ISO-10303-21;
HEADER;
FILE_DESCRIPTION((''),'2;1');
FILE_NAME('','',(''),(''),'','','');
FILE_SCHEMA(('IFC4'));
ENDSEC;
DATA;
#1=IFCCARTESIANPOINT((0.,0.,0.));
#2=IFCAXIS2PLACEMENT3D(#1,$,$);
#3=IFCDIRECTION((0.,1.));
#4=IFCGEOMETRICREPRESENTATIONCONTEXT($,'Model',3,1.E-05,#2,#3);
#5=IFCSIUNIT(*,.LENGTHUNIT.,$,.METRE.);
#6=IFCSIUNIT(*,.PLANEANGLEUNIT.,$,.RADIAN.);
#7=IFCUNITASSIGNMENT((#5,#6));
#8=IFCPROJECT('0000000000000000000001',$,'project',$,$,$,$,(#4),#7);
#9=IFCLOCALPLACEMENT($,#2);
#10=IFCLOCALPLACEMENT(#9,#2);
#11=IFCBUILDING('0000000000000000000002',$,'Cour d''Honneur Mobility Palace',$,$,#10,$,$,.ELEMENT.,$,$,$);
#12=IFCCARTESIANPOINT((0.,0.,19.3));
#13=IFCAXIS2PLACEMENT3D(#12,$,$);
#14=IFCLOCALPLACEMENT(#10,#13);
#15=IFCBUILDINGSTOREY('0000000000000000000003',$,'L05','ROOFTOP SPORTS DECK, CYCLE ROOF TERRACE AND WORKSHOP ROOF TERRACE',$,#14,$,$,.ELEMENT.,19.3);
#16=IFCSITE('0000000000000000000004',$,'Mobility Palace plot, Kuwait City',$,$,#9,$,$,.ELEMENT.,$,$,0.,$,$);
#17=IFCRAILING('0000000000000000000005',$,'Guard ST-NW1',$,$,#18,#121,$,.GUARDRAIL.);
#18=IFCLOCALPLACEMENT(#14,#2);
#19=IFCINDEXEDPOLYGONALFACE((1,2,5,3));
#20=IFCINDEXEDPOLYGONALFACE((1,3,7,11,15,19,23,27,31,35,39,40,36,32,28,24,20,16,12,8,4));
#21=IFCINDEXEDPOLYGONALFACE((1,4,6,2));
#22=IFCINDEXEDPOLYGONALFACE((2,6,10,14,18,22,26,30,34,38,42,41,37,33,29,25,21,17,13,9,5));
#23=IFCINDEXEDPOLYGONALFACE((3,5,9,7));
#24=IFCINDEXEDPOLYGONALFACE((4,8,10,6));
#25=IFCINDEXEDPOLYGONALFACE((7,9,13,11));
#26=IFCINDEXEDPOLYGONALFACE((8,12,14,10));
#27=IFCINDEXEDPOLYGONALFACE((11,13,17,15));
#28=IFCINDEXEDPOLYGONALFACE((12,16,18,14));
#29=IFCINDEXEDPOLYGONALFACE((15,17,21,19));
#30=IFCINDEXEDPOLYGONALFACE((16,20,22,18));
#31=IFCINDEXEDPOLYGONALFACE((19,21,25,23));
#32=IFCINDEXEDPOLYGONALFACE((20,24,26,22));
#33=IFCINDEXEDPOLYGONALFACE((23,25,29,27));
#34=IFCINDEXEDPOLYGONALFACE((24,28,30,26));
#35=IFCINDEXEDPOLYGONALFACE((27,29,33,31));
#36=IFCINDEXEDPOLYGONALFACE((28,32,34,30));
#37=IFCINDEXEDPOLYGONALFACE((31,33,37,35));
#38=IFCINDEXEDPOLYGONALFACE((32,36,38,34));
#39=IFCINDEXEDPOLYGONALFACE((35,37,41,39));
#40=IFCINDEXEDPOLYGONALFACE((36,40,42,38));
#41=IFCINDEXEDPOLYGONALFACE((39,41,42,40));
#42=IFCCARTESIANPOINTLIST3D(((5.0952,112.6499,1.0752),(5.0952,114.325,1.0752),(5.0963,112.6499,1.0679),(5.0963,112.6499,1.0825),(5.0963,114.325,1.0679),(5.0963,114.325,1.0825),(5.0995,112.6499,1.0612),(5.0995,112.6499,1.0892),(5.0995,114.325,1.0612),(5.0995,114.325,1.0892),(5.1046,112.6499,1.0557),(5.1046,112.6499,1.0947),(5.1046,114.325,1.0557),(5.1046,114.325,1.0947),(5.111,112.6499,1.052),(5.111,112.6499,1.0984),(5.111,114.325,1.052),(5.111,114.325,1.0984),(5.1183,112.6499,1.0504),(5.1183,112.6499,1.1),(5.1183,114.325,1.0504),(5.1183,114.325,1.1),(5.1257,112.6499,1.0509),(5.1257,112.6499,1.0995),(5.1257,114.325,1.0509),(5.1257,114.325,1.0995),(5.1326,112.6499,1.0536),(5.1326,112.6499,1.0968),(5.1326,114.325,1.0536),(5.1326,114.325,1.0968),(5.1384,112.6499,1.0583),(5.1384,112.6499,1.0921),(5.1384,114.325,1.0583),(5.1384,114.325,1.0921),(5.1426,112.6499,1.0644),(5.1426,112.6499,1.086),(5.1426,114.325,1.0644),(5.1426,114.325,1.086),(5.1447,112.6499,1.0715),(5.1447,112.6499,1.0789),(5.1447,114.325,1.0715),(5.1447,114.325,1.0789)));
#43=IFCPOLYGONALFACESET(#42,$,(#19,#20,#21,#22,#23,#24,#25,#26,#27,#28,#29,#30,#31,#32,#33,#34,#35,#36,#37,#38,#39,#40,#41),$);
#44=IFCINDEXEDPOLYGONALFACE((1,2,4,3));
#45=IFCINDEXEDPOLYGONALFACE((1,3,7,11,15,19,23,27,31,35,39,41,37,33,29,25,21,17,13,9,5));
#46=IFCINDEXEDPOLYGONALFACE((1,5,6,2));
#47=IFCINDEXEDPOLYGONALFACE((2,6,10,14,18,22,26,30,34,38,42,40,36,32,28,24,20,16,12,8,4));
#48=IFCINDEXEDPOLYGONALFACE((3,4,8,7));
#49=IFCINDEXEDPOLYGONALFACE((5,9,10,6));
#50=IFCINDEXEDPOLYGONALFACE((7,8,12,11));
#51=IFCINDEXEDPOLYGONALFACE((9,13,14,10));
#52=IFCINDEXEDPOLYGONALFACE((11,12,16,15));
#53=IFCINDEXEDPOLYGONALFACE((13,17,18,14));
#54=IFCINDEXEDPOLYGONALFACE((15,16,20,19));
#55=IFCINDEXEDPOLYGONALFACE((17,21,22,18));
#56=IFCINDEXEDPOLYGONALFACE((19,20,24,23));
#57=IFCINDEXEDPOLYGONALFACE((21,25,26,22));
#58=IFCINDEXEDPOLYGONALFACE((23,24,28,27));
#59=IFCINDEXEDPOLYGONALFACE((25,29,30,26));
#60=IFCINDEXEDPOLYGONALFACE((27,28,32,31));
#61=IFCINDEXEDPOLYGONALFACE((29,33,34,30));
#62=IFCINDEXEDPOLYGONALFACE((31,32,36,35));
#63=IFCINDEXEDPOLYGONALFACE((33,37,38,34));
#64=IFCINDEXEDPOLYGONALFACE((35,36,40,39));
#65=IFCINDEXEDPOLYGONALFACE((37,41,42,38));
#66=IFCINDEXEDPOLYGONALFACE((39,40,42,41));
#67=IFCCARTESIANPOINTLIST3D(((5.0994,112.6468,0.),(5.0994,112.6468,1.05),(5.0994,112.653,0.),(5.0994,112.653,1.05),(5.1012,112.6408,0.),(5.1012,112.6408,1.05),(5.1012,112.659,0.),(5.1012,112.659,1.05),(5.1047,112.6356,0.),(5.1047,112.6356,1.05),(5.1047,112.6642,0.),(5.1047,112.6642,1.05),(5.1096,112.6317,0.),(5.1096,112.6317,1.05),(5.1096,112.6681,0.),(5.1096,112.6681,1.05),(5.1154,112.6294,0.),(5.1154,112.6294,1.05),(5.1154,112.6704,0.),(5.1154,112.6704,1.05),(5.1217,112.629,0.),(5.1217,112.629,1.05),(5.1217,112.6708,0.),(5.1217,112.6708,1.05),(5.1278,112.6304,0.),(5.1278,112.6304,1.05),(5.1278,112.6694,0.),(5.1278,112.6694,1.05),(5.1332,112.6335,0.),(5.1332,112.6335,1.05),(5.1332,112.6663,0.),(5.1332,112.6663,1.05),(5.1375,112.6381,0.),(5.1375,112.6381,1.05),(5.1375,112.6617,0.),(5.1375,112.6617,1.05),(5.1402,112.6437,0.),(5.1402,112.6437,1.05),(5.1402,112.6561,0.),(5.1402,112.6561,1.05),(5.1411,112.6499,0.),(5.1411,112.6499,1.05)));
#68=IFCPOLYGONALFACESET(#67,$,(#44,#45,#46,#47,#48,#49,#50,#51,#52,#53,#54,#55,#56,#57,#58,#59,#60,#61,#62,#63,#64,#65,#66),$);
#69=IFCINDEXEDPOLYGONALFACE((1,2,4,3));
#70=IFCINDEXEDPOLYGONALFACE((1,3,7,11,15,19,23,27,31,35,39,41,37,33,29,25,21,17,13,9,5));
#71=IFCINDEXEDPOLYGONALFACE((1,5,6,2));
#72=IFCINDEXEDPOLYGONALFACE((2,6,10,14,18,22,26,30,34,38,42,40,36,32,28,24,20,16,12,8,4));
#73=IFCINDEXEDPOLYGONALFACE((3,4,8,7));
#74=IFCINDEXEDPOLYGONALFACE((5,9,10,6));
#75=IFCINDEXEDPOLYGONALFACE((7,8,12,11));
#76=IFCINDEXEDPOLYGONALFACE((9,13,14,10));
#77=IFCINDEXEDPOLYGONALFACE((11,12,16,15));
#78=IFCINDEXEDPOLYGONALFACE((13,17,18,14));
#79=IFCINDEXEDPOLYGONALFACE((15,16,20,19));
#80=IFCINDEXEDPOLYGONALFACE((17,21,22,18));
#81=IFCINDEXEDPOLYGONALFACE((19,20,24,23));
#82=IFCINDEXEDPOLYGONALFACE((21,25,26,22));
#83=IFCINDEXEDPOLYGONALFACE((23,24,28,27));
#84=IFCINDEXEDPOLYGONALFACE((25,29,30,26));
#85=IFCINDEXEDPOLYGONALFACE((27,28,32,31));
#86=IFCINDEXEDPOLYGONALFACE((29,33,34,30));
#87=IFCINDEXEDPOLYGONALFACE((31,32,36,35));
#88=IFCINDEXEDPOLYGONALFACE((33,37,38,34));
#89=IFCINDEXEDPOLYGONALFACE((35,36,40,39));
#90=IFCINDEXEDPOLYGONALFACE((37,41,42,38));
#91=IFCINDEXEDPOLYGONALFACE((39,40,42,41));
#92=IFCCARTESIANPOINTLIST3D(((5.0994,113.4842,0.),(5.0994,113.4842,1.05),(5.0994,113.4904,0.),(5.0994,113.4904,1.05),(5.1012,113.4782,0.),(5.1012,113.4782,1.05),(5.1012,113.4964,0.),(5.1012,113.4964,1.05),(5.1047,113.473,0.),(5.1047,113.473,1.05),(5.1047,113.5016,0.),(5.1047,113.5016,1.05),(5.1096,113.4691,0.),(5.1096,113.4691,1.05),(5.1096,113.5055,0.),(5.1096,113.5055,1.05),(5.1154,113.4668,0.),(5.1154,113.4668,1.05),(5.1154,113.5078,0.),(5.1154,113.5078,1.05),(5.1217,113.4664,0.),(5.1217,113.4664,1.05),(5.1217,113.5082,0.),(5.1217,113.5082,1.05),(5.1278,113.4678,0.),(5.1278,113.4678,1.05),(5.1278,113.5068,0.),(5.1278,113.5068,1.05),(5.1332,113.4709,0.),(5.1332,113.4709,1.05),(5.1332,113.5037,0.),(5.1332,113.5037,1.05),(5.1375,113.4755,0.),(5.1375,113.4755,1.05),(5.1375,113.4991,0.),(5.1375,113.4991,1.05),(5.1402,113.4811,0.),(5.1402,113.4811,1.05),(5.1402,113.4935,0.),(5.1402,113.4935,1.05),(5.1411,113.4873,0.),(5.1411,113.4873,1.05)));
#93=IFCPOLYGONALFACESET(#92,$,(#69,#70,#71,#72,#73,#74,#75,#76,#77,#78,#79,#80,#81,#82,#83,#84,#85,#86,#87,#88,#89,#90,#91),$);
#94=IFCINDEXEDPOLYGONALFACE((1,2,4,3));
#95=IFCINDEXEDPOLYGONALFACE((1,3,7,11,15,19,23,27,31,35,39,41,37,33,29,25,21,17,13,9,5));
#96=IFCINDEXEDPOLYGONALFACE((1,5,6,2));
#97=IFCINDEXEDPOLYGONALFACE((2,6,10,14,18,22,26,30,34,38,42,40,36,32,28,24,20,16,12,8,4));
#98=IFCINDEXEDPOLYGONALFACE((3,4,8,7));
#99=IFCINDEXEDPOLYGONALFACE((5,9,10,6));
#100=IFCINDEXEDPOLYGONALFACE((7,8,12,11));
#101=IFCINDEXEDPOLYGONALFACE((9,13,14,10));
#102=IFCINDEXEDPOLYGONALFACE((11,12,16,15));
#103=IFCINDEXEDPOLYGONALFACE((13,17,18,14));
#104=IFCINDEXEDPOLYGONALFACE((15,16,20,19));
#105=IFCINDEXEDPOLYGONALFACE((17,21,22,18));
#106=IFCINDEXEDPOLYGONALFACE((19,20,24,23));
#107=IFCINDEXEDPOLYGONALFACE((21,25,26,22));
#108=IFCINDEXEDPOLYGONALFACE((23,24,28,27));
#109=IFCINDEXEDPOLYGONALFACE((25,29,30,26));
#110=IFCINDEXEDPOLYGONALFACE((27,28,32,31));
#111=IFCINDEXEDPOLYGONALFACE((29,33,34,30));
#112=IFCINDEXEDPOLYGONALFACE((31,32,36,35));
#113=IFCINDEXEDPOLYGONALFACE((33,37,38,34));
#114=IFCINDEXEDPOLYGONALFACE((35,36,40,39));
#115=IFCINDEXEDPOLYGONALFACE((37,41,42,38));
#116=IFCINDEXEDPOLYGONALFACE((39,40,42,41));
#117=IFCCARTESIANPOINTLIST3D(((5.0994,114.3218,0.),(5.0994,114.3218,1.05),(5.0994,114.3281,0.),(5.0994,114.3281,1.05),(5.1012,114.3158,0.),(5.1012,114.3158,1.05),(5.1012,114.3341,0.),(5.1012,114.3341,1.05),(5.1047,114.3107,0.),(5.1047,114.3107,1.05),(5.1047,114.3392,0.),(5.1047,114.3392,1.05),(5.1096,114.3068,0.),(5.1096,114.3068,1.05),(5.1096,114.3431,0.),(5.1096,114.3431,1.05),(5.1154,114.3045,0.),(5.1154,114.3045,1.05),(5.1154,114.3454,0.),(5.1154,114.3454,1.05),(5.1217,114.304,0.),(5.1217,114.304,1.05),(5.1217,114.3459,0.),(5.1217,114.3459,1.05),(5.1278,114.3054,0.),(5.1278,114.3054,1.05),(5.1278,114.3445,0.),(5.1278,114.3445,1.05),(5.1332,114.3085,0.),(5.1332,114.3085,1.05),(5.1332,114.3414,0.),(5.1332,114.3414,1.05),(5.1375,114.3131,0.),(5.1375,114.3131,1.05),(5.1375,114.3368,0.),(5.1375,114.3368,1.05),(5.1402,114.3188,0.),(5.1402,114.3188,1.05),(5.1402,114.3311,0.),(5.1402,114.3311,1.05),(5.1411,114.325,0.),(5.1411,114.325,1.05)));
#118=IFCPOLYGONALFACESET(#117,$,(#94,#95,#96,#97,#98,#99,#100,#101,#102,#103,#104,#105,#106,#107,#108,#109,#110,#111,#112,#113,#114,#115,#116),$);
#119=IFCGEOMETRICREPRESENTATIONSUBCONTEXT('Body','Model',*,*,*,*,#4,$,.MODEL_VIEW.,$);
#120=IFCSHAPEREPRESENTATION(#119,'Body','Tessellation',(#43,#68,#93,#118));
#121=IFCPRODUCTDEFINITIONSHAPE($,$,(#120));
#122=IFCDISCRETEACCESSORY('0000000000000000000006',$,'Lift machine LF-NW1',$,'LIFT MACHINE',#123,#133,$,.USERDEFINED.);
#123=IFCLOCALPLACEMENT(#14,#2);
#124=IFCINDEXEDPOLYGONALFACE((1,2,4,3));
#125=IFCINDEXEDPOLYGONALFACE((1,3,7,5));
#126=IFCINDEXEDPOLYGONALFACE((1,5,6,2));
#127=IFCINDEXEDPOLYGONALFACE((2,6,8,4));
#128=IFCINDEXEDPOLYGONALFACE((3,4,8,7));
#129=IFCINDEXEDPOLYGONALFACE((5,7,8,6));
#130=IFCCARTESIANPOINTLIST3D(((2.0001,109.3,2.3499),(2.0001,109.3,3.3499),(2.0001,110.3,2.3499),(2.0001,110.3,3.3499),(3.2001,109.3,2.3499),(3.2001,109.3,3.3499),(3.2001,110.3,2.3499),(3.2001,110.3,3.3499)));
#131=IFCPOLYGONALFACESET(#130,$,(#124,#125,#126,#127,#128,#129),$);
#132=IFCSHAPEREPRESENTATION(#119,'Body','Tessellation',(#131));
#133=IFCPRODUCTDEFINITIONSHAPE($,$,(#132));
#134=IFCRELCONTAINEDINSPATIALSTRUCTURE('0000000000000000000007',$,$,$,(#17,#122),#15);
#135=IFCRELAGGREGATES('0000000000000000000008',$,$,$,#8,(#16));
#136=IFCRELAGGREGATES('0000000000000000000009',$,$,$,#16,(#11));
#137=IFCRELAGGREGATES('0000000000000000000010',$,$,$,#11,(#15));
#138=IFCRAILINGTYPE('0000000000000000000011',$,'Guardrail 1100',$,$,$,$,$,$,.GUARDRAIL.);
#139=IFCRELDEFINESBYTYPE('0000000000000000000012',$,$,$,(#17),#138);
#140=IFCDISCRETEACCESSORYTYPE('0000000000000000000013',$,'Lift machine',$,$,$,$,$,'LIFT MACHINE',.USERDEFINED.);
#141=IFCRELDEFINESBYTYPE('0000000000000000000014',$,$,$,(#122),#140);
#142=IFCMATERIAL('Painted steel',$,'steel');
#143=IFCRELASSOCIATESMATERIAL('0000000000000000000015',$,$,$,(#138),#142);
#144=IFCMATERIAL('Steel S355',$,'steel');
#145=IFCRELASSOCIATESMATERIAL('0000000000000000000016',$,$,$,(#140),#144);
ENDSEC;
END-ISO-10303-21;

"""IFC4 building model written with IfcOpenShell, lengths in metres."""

from ifc_helpers import new_model, si_unit, direction, frame, origin, origin_2d, place, context, subcontext, project, spatial, rectangle, circle, extrude, material, type_object, element, save


model = new_model("IFC4")

# Units and contexts
model_context = context("Model", 3, precision=1e-05, world=origin(), true_north=direction((0.0, 1.0)))
body_context = subcontext(model_context, "Body", "Model", "MODEL_VIEW")
ifc_project = project(units=[si_unit("LENGTHUNIT", "METRE"), si_unit("PLANEANGLEUNIT", "RADIAN")], contexts=[model_context])

# Site, building, storey
site_placement = place(None, origin())
site = spatial("IfcSite", under=ifc_project, at=site_placement, Name="Mobility Palace plot, Kuwait City", CompositionType="ELEMENT", RefElevation=0.0)
building_placement = place(site_placement, origin())
building = spatial("IfcBuilding", under=site, at=building_placement, Name="Cour d'Honneur Mobility Palace", CompositionType="ELEMENT")
storey_placement = place(building_placement, frame((0.0, 0.0, 19.3)))
storey = spatial("IfcBuildingStorey", under=building, at=storey_placement, Name="L05", Description="ROOFTOP SPORTS DECK, CYCLE ROOF TERRACE AND WORKSHOP ROOF TERRACE", CompositionType="ELEMENT", Elevation=19.3)

# Railing
ifc_material_1 = material(Name="Painted steel", Category="steel")
railing_type = type_object("IfcRailingType", Name="Guardrail 1100", PredefinedType="GUARDRAIL", material=ifc_material_1)
railing_placement = place(storey_placement, frame((5.1201, 112.6499, 0.0)))
element("IfcRailing", 1, at=railing_placement, inside=storey, type_object=railing_type, Name="Guard ST-NW1", PredefinedType="GUARDRAIL", context=body_context, shape_type="SweptSolid", body=[
    extrude(circle(Radius=0.0249, at=origin_2d()), frame((0.0, 0.0, 1.0752), z_axis=(0.0, 1.0, 0.0), x_axis=(-1.0, 0.0, 0.0)), (0.0, 0.0, 1.0), 1.675),
    extrude(circle(Radius=0.021, at=origin_2d()), origin(), (0.0, 0.0, 1.0), 1.05),
    extrude(circle(Radius=0.021, at=origin_2d()), frame((0.0, 0.8374, 0.0)), (0.0, 0.0, 1.0), 1.05),
    extrude(circle(Radius=0.021, at=origin_2d()), frame((0.0, 1.675, 0.0)), (0.0, 0.0, 1.0), 1.05),
])

# Discrete accessory
ifc_material_2 = material(Name="Steel S355", Category="steel")
discrete_accessory_type = type_object("IfcDiscreteAccessoryType", Name="Lift machine", ElementType="LIFT MACHINE", PredefinedType="USERDEFINED", material=ifc_material_2)
discrete_accessory_placement = place(storey_placement, frame((2.6001, 109.8, 2.3499), z_axis=(0.0, 0.0, 1.0), x_axis=(1.0, 0.0, 0.0)))
element("IfcDiscreteAccessory", 2, at=discrete_accessory_placement, inside=storey, type_object=discrete_accessory_type, Name="Lift machine LF-NW1", ObjectType="LIFT MACHINE", PredefinedType="USERDEFINED", context=body_context, shape_type="SweptSolid", body=[
    extrude(rectangle(XDim=1.2, YDim=1.0, at=origin_2d()), origin(), (0.0, 0.0, 1.0), 1.0),
])

save(model, "model.ifc")
